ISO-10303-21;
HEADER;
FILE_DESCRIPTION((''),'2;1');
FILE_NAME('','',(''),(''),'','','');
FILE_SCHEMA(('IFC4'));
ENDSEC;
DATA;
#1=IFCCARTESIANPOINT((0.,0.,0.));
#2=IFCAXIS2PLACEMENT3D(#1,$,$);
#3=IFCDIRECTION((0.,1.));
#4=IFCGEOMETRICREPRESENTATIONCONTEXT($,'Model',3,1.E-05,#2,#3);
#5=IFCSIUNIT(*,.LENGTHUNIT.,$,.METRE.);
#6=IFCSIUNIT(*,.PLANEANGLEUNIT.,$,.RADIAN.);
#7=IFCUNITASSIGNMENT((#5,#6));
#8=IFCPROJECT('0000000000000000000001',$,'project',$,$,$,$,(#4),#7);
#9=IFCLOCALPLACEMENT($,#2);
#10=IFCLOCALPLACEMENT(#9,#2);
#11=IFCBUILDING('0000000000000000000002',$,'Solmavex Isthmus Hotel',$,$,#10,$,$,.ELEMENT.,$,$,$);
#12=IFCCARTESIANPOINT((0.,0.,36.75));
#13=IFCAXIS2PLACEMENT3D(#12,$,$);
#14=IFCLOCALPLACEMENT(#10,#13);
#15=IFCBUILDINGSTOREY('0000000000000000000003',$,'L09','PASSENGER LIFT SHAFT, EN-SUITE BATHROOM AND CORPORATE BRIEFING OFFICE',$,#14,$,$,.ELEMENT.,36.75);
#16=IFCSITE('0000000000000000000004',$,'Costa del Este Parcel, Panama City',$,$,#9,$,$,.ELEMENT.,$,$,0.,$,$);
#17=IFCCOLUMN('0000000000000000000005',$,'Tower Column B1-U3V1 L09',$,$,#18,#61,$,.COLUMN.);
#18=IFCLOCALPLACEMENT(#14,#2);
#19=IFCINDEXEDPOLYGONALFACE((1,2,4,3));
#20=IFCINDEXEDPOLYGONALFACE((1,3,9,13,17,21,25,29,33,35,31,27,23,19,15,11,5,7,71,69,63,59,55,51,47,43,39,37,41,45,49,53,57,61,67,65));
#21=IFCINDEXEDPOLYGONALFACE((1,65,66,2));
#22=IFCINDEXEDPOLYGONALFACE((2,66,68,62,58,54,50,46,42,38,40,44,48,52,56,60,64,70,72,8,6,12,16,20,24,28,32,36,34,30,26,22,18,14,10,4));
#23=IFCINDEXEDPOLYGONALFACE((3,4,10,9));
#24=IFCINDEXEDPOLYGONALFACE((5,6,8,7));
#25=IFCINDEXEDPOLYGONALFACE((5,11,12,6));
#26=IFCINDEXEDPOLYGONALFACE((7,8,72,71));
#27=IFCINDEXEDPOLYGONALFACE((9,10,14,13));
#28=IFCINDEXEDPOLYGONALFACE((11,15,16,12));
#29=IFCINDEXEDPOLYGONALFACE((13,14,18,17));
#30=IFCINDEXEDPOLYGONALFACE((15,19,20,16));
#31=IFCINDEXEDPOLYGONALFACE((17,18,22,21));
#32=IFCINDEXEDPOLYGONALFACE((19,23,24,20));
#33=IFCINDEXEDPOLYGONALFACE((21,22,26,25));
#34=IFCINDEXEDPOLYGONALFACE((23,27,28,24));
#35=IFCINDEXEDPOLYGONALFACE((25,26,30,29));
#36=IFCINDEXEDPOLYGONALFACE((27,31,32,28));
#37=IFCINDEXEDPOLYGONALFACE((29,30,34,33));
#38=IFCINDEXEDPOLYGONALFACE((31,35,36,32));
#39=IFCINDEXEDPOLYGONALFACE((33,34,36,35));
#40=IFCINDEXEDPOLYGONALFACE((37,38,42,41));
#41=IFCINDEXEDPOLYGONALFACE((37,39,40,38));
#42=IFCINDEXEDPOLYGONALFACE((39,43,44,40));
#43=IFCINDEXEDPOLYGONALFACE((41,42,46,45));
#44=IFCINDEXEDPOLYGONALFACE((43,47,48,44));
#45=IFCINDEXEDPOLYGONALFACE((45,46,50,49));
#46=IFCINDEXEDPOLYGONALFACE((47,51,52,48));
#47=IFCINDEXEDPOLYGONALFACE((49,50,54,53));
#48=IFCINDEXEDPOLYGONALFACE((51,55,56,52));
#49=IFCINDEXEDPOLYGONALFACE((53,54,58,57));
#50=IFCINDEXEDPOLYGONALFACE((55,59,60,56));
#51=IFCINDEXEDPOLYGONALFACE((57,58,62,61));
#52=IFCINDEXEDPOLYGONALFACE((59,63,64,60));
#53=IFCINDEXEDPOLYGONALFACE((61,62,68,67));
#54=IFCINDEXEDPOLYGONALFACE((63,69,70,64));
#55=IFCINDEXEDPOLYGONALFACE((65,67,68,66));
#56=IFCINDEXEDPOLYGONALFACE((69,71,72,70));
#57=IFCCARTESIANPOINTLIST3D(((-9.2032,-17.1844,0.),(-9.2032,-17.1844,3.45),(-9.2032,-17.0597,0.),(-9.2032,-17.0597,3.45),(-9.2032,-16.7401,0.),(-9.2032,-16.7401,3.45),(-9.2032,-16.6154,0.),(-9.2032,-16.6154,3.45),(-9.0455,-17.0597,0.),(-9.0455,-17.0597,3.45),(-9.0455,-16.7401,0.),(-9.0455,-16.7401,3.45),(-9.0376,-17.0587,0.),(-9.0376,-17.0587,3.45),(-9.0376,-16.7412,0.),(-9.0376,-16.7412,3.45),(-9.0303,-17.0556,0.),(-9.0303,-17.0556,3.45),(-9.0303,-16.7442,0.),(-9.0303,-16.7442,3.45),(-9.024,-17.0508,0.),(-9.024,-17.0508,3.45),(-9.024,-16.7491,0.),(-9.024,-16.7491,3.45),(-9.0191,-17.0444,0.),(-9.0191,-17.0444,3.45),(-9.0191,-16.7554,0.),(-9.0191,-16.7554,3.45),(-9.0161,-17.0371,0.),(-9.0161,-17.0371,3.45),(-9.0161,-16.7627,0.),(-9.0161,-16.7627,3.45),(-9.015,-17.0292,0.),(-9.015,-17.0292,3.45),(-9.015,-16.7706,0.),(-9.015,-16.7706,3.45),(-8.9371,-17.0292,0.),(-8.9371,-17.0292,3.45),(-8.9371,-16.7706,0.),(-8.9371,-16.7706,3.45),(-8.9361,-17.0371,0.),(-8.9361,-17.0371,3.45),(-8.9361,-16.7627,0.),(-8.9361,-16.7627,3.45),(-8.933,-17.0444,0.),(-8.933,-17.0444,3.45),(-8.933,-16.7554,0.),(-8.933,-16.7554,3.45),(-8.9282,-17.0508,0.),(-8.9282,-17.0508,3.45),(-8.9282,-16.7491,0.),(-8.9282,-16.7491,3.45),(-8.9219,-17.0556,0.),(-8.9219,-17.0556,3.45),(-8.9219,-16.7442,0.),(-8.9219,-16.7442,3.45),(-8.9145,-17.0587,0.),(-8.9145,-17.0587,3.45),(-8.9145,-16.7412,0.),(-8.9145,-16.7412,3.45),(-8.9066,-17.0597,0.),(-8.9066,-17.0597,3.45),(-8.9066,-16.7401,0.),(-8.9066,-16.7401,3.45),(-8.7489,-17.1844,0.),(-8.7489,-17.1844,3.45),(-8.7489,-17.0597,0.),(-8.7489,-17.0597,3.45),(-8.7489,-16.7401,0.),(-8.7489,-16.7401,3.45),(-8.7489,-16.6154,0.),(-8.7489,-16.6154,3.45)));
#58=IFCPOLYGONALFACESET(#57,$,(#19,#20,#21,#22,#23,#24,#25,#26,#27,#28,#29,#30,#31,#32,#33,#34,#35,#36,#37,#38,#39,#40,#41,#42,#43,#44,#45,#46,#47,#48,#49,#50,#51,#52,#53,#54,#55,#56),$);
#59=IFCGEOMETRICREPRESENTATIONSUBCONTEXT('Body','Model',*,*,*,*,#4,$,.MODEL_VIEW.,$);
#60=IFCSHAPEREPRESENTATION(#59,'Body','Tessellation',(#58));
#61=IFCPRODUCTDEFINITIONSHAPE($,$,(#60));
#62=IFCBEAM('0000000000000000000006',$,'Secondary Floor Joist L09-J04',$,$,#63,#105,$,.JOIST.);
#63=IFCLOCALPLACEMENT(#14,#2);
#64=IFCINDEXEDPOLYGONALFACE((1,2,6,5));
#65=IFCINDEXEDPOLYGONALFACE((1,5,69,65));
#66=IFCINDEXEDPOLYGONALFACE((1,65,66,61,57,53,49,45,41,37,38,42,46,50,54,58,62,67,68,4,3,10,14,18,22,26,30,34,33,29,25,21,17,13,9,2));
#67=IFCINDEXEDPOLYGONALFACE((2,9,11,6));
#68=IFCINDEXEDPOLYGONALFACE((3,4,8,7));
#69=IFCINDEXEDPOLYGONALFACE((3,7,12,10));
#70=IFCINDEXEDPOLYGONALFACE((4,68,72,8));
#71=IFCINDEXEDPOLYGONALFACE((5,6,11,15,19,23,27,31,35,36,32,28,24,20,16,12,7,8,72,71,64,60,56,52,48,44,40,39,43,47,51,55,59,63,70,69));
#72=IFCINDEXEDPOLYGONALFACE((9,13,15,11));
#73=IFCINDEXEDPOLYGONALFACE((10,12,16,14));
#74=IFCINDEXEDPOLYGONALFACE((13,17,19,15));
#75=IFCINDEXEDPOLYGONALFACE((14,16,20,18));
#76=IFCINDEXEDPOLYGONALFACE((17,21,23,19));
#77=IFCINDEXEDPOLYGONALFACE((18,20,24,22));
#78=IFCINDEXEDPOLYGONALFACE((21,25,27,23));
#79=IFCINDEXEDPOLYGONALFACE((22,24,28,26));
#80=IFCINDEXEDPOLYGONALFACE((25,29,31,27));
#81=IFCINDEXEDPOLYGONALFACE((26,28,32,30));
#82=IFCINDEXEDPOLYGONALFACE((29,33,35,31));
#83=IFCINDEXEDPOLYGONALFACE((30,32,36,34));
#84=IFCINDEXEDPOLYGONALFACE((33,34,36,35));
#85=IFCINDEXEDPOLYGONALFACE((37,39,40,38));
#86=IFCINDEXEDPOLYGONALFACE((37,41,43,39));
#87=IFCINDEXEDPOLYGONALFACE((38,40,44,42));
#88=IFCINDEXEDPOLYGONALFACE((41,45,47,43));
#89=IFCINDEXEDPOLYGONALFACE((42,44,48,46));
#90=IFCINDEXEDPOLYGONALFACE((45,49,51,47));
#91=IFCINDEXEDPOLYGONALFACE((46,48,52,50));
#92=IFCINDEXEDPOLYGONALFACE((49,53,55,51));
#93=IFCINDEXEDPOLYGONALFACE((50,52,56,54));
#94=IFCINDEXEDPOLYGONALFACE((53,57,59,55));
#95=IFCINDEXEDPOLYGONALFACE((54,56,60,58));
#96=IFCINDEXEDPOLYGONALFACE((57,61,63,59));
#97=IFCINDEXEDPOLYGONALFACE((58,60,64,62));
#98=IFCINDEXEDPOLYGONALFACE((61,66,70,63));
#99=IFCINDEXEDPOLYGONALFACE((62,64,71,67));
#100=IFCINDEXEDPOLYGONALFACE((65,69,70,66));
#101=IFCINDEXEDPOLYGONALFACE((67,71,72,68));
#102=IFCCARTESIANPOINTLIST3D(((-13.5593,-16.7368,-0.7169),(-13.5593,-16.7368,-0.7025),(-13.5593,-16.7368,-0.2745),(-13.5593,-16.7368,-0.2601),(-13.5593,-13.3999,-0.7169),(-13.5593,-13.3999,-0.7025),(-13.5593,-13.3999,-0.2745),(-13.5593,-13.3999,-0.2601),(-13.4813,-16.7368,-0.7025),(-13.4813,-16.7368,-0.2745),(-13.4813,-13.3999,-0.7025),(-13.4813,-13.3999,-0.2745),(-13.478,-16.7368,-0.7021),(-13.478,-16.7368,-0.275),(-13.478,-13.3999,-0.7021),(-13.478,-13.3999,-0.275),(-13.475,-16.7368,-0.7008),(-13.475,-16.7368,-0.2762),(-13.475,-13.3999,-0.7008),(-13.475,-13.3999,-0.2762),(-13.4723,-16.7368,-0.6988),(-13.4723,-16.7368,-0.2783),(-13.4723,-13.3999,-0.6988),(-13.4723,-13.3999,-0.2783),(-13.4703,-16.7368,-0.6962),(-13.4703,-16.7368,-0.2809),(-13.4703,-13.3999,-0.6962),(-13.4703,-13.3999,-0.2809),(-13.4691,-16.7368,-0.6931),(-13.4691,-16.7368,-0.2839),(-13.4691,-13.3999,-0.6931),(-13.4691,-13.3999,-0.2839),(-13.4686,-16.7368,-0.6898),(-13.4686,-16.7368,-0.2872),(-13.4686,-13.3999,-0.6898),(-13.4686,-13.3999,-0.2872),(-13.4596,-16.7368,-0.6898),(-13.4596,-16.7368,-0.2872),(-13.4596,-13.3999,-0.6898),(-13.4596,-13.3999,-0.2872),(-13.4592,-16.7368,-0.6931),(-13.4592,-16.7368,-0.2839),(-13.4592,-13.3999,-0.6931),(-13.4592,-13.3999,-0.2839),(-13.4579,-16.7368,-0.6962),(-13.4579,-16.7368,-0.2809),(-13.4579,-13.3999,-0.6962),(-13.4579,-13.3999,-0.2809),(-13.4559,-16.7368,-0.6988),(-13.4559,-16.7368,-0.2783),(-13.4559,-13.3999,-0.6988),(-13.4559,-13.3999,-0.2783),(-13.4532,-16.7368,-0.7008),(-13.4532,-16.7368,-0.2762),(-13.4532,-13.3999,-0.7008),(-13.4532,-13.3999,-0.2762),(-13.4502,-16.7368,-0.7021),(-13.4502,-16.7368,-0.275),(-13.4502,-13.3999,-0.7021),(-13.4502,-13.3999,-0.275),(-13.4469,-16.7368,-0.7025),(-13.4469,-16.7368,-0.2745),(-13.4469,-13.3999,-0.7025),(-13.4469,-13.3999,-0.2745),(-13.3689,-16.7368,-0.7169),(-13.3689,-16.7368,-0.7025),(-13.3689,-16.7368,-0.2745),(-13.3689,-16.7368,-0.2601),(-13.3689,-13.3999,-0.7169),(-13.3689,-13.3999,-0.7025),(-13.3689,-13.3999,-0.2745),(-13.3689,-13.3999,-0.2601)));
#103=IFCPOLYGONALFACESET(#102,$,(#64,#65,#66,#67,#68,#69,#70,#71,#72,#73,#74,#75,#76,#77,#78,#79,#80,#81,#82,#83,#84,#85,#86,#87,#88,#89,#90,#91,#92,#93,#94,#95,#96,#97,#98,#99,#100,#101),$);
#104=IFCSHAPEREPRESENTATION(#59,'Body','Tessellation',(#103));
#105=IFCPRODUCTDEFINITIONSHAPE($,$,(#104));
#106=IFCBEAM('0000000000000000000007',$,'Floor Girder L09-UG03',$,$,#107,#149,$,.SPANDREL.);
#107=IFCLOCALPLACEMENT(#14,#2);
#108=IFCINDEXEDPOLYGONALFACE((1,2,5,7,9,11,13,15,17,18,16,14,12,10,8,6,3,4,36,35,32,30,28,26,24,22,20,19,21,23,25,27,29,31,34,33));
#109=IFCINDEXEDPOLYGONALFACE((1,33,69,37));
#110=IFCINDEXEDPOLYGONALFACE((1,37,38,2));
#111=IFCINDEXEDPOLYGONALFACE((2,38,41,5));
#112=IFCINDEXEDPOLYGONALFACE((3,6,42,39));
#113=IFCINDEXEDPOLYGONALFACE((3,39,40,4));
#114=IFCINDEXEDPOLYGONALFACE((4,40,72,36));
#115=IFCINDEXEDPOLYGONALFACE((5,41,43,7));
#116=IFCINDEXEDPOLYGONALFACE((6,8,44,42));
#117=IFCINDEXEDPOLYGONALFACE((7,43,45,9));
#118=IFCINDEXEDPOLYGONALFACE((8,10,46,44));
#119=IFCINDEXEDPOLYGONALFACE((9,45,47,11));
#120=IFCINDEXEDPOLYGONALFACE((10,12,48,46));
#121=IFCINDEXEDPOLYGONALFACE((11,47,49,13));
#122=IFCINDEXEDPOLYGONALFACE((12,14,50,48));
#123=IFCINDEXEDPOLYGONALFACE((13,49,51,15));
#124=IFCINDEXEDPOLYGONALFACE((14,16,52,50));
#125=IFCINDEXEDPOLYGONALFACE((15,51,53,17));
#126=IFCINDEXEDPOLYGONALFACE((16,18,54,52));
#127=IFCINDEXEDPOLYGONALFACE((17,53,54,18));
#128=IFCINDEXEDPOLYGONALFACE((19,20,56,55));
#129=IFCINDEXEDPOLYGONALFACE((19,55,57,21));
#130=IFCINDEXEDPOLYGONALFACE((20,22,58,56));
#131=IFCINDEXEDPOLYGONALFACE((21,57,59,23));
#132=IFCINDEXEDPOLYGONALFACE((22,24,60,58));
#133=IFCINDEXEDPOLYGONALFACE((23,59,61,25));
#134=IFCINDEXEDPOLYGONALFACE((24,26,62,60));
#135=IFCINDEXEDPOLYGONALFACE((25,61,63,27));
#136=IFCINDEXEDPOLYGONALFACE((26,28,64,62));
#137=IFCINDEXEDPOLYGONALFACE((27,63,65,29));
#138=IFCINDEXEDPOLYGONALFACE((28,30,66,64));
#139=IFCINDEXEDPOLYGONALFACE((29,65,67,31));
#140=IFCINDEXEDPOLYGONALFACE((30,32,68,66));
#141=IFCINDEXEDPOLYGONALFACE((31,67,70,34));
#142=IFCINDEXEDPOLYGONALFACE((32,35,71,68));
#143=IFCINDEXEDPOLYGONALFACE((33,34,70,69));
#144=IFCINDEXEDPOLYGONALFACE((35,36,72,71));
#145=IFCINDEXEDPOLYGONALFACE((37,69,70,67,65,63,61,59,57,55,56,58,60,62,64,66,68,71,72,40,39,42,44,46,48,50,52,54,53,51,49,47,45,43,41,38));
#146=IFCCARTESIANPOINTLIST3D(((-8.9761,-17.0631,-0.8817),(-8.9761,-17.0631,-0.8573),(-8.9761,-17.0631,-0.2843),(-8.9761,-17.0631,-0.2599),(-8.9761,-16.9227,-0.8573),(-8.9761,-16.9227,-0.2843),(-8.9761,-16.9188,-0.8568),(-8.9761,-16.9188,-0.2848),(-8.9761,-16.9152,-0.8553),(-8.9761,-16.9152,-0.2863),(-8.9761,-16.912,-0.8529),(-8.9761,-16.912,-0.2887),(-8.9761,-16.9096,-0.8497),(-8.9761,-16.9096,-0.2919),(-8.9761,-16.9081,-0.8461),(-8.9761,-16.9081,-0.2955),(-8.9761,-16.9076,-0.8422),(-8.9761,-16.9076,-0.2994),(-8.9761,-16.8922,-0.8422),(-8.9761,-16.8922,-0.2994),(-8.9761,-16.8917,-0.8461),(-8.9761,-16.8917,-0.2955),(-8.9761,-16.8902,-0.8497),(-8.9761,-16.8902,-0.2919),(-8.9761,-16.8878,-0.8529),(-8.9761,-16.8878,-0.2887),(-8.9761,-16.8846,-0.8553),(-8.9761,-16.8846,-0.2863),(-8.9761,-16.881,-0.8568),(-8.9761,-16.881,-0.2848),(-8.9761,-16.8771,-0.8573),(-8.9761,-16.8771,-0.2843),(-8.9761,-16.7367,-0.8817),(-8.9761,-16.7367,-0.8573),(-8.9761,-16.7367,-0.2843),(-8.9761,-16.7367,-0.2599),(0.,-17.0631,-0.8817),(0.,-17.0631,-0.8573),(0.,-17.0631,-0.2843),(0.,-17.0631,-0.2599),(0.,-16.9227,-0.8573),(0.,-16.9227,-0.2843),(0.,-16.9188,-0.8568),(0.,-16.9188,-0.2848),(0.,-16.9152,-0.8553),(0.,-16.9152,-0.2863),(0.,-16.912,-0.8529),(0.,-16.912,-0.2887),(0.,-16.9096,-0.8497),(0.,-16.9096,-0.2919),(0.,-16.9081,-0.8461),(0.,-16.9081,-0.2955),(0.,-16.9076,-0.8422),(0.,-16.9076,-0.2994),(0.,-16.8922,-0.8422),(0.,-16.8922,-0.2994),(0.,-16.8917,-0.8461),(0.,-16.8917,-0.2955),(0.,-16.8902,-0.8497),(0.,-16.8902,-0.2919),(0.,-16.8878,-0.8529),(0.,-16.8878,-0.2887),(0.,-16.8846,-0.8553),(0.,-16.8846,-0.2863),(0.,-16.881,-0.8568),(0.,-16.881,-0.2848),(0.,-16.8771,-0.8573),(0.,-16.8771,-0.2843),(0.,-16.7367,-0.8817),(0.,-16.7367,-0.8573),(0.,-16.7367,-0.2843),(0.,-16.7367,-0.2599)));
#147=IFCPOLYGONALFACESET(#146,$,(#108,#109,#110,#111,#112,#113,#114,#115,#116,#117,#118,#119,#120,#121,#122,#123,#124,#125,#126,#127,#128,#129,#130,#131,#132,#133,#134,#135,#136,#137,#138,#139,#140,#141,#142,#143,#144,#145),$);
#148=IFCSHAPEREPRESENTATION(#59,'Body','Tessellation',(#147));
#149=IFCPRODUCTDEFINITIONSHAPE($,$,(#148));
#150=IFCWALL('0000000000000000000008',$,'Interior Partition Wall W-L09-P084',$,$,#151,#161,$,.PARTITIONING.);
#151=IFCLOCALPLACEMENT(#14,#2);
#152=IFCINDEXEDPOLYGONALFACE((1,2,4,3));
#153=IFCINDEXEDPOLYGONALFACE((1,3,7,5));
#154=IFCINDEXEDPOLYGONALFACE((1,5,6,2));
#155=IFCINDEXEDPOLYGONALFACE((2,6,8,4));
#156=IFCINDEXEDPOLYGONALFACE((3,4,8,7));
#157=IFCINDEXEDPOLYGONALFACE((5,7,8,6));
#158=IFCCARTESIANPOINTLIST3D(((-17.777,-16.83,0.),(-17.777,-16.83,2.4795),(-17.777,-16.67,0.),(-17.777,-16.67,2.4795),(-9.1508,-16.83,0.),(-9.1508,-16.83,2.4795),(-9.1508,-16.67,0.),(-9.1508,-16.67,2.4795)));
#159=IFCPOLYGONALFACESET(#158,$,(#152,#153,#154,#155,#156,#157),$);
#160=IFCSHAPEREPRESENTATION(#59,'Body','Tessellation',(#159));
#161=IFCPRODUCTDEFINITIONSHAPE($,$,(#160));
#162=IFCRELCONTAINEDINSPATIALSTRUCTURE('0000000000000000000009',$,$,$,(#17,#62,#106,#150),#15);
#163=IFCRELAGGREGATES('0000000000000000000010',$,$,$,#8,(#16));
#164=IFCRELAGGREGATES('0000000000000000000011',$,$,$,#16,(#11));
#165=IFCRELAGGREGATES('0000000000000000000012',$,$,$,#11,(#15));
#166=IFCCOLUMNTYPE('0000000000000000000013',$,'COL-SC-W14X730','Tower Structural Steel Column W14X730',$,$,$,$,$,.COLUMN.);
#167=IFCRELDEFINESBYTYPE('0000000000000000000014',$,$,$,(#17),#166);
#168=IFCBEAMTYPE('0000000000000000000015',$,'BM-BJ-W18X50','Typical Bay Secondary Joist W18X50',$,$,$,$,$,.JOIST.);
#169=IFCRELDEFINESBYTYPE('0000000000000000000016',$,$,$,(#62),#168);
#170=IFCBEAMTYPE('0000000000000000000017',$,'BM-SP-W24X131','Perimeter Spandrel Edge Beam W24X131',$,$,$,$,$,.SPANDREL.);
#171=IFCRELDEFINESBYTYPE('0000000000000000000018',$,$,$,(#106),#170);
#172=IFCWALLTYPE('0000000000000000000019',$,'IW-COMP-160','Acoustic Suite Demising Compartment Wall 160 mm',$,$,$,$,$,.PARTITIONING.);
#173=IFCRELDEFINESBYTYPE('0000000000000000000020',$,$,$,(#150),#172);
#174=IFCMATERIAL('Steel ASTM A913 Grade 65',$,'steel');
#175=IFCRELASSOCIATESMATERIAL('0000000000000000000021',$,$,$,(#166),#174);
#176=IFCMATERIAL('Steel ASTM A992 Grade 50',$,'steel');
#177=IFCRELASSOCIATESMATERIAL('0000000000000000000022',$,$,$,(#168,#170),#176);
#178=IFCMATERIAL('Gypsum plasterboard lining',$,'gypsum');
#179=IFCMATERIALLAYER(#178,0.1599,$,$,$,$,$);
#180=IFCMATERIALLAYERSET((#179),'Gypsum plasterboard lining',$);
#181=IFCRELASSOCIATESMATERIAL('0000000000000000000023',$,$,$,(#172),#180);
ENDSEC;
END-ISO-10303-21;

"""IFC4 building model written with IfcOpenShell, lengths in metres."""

from ifc_helpers import new_model, si_unit, direction, frame, frame_2d, origin, origin_2d, place, context, subcontext, project, spatial, rectangle, i_section, extrude, material, layer, layer_set, material_profile, profile_set, type_object, element, save


model = new_model("IFC4")

# Units and contexts
model_context = context("Model", 3, precision=1e-05, world=origin(), true_north=direction((0.0, 1.0)))
body_context = subcontext(model_context, "Body", "Model", "MODEL_VIEW")
ifc_project = project(units=[si_unit("LENGTHUNIT", "METRE"), si_unit("PLANEANGLEUNIT", "RADIAN")], contexts=[model_context])

# Site, building, storey
site_placement = place(None, origin())
site = spatial("IfcSite", under=ifc_project, at=site_placement, Name="Costa del Este Parcel, Panama City", CompositionType="ELEMENT", RefElevation=0.0)
building_placement = place(site_placement, origin())
building = spatial("IfcBuilding", under=site, at=building_placement, Name="Solmavex Isthmus Hotel", CompositionType="ELEMENT")
storey_placement = place(building_placement, frame((0.0, 0.0, 36.75)))
storey = spatial("IfcBuildingStorey", under=building, at=storey_placement, Name="L09", Description="PASSENGER LIFT SHAFT, EN-SUITE BATHROOM AND CORPORATE BRIEFING OFFICE", CompositionType="ELEMENT", Elevation=36.75)

# Column
ifc_material_1 = material(Name="Steel ASTM A913 Grade 65", Category="steel")
ifc_material_profile_1 = material_profile(ifc_material_1, i_section(OverallWidth=0.4543, OverallDepth=0.5691, WebThickness=0.0779, FlangeThickness=0.1248, FilletRadius=0.0305, at=origin_2d()), Name="W14X730")
ifc_profile_set_1 = profile_set([ifc_material_profile_1], Name="Steel ASTM A913 Grade 65")
column_type = type_object("IfcColumnType", Name="COL-SC-W14X730", Description="Tower Structural Steel Column W14X730", PredefinedType="COLUMN", material=ifc_profile_set_1)
column_placement = place(storey_placement, frame((-8.9761, -16.8999, 0.0), z_axis=(0.0, 0.0, 1.0), x_axis=(1.0, 0.0, 0.0)))
element("IfcColumn", 1, at=column_placement, inside=storey, type_object=column_type, Name="Tower Column B1-U3V1 L09", PredefinedType="COLUMN", context=body_context, shape_type="SweptSolid", body=[
    extrude(i_section(OverallWidth=0.4543, OverallDepth=0.5691, WebThickness=0.0779, FlangeThickness=0.1248, FilletRadius=0.0305, at=origin_2d()), origin(), (0.0, 0.0, 1.0), 3.45),
])

# Beams
ifc_material_2 = material(Name="Steel ASTM A992 Grade 50", Category="steel")
ifc_material_profile_2 = material_profile(ifc_material_2, i_section(OverallWidth=0.1904, OverallDepth=0.4568, WebThickness=0.009, FlangeThickness=0.0144, FilletRadius=0.0127, at=origin_2d()), Name="W18X50")
ifc_profile_set_2 = profile_set([ifc_material_profile_2], Name="Steel ASTM A992 Grade 50")
beam_type_1 = type_object("IfcBeamType", Name="BM-BJ-W18X50", Description="Typical Bay Secondary Joist W18X50", PredefinedType="JOIST", material=ifc_profile_set_2)
beam_1_placement = place(storey_placement, frame((-13.4641, -16.7368, -0.4885), z_axis=(0.0, 1.0, 0.0), x_axis=(-1.0, 0.0, 0.0)))
element("IfcBeam", 2, at=beam_1_placement, inside=storey, type_object=beam_type_1, Name="Secondary Floor Joist L09-J04", PredefinedType="JOIST", context=body_context, shape_type="SweptSolid", body=[
    extrude(i_section(OverallWidth=0.1904, OverallDepth=0.4568, WebThickness=0.009, FlangeThickness=0.0144, FilletRadius=0.0127, at=origin_2d()), origin(), (0.0, 0.0, 1.0), 3.3369),
])
ifc_material_profile_3 = material_profile(ifc_material_2, i_section(OverallWidth=0.3264, OverallDepth=0.6218, WebThickness=0.0154, FlangeThickness=0.0244, FilletRadius=0.0151, at=origin_2d()), Name="W24X131")
ifc_profile_set_3 = profile_set([ifc_material_profile_3], Name="Steel ASTM A992 Grade 50")
beam_type_2 = type_object("IfcBeamType", Name="BM-SP-W24X131", Description="Perimeter Spandrel Edge Beam W24X131", PredefinedType="SPANDREL", material=ifc_profile_set_3)
beam_2_placement = place(storey_placement, frame((-8.9761, -16.8999, -0.5708), z_axis=(1.0, 0.0, 0.0), x_axis=(0.0, 1.0, 0.0)))
element("IfcBeam", 3, at=beam_2_placement, inside=storey, type_object=beam_type_2, Name="Floor Girder L09-UG03", PredefinedType="SPANDREL", context=body_context, shape_type="SweptSolid", body=[
    extrude(i_section(OverallWidth=0.3264, OverallDepth=0.6218, WebThickness=0.0154, FlangeThickness=0.0244, FilletRadius=0.0151, at=origin_2d()), origin(), (0.0, 0.0, 1.0), 8.9761),
])

# Wall
ifc_material_3 = material(Name="Gypsum plasterboard lining", Category="gypsum")
ifc_layer_1 = layer(ifc_material_3, 0.1599)
ifc_layer_set_1 = layer_set([ifc_layer_1], Name="Gypsum plasterboard lining")
wall_type_1 = type_object("IfcWallType", Name="IW-COMP-160", Description="Acoustic Suite Demising Compartment Wall 160 mm", PredefinedType="PARTITIONING", material=ifc_layer_set_1)
wall_1_placement = place(storey_placement, frame((-9.1509, -16.75, 0.0), z_axis=(0.0, 0.0, 1.0), x_axis=(-1.0, 0.0, 0.0)))
element("IfcWall", 4, at=wall_1_placement, inside=storey, type_object=wall_type_1, Name="Interior Partition Wall W-L09-P084", PredefinedType="PARTITIONING", context=body_context, shape_type="SweptSolid", body=[
    extrude(rectangle(XDim=8.6262, YDim=0.1599, at=frame_2d((4.313, 0.0))), origin(), (0.0, 0.0, 1.0), 2.4795),
])

save(model, "model.ifc")
